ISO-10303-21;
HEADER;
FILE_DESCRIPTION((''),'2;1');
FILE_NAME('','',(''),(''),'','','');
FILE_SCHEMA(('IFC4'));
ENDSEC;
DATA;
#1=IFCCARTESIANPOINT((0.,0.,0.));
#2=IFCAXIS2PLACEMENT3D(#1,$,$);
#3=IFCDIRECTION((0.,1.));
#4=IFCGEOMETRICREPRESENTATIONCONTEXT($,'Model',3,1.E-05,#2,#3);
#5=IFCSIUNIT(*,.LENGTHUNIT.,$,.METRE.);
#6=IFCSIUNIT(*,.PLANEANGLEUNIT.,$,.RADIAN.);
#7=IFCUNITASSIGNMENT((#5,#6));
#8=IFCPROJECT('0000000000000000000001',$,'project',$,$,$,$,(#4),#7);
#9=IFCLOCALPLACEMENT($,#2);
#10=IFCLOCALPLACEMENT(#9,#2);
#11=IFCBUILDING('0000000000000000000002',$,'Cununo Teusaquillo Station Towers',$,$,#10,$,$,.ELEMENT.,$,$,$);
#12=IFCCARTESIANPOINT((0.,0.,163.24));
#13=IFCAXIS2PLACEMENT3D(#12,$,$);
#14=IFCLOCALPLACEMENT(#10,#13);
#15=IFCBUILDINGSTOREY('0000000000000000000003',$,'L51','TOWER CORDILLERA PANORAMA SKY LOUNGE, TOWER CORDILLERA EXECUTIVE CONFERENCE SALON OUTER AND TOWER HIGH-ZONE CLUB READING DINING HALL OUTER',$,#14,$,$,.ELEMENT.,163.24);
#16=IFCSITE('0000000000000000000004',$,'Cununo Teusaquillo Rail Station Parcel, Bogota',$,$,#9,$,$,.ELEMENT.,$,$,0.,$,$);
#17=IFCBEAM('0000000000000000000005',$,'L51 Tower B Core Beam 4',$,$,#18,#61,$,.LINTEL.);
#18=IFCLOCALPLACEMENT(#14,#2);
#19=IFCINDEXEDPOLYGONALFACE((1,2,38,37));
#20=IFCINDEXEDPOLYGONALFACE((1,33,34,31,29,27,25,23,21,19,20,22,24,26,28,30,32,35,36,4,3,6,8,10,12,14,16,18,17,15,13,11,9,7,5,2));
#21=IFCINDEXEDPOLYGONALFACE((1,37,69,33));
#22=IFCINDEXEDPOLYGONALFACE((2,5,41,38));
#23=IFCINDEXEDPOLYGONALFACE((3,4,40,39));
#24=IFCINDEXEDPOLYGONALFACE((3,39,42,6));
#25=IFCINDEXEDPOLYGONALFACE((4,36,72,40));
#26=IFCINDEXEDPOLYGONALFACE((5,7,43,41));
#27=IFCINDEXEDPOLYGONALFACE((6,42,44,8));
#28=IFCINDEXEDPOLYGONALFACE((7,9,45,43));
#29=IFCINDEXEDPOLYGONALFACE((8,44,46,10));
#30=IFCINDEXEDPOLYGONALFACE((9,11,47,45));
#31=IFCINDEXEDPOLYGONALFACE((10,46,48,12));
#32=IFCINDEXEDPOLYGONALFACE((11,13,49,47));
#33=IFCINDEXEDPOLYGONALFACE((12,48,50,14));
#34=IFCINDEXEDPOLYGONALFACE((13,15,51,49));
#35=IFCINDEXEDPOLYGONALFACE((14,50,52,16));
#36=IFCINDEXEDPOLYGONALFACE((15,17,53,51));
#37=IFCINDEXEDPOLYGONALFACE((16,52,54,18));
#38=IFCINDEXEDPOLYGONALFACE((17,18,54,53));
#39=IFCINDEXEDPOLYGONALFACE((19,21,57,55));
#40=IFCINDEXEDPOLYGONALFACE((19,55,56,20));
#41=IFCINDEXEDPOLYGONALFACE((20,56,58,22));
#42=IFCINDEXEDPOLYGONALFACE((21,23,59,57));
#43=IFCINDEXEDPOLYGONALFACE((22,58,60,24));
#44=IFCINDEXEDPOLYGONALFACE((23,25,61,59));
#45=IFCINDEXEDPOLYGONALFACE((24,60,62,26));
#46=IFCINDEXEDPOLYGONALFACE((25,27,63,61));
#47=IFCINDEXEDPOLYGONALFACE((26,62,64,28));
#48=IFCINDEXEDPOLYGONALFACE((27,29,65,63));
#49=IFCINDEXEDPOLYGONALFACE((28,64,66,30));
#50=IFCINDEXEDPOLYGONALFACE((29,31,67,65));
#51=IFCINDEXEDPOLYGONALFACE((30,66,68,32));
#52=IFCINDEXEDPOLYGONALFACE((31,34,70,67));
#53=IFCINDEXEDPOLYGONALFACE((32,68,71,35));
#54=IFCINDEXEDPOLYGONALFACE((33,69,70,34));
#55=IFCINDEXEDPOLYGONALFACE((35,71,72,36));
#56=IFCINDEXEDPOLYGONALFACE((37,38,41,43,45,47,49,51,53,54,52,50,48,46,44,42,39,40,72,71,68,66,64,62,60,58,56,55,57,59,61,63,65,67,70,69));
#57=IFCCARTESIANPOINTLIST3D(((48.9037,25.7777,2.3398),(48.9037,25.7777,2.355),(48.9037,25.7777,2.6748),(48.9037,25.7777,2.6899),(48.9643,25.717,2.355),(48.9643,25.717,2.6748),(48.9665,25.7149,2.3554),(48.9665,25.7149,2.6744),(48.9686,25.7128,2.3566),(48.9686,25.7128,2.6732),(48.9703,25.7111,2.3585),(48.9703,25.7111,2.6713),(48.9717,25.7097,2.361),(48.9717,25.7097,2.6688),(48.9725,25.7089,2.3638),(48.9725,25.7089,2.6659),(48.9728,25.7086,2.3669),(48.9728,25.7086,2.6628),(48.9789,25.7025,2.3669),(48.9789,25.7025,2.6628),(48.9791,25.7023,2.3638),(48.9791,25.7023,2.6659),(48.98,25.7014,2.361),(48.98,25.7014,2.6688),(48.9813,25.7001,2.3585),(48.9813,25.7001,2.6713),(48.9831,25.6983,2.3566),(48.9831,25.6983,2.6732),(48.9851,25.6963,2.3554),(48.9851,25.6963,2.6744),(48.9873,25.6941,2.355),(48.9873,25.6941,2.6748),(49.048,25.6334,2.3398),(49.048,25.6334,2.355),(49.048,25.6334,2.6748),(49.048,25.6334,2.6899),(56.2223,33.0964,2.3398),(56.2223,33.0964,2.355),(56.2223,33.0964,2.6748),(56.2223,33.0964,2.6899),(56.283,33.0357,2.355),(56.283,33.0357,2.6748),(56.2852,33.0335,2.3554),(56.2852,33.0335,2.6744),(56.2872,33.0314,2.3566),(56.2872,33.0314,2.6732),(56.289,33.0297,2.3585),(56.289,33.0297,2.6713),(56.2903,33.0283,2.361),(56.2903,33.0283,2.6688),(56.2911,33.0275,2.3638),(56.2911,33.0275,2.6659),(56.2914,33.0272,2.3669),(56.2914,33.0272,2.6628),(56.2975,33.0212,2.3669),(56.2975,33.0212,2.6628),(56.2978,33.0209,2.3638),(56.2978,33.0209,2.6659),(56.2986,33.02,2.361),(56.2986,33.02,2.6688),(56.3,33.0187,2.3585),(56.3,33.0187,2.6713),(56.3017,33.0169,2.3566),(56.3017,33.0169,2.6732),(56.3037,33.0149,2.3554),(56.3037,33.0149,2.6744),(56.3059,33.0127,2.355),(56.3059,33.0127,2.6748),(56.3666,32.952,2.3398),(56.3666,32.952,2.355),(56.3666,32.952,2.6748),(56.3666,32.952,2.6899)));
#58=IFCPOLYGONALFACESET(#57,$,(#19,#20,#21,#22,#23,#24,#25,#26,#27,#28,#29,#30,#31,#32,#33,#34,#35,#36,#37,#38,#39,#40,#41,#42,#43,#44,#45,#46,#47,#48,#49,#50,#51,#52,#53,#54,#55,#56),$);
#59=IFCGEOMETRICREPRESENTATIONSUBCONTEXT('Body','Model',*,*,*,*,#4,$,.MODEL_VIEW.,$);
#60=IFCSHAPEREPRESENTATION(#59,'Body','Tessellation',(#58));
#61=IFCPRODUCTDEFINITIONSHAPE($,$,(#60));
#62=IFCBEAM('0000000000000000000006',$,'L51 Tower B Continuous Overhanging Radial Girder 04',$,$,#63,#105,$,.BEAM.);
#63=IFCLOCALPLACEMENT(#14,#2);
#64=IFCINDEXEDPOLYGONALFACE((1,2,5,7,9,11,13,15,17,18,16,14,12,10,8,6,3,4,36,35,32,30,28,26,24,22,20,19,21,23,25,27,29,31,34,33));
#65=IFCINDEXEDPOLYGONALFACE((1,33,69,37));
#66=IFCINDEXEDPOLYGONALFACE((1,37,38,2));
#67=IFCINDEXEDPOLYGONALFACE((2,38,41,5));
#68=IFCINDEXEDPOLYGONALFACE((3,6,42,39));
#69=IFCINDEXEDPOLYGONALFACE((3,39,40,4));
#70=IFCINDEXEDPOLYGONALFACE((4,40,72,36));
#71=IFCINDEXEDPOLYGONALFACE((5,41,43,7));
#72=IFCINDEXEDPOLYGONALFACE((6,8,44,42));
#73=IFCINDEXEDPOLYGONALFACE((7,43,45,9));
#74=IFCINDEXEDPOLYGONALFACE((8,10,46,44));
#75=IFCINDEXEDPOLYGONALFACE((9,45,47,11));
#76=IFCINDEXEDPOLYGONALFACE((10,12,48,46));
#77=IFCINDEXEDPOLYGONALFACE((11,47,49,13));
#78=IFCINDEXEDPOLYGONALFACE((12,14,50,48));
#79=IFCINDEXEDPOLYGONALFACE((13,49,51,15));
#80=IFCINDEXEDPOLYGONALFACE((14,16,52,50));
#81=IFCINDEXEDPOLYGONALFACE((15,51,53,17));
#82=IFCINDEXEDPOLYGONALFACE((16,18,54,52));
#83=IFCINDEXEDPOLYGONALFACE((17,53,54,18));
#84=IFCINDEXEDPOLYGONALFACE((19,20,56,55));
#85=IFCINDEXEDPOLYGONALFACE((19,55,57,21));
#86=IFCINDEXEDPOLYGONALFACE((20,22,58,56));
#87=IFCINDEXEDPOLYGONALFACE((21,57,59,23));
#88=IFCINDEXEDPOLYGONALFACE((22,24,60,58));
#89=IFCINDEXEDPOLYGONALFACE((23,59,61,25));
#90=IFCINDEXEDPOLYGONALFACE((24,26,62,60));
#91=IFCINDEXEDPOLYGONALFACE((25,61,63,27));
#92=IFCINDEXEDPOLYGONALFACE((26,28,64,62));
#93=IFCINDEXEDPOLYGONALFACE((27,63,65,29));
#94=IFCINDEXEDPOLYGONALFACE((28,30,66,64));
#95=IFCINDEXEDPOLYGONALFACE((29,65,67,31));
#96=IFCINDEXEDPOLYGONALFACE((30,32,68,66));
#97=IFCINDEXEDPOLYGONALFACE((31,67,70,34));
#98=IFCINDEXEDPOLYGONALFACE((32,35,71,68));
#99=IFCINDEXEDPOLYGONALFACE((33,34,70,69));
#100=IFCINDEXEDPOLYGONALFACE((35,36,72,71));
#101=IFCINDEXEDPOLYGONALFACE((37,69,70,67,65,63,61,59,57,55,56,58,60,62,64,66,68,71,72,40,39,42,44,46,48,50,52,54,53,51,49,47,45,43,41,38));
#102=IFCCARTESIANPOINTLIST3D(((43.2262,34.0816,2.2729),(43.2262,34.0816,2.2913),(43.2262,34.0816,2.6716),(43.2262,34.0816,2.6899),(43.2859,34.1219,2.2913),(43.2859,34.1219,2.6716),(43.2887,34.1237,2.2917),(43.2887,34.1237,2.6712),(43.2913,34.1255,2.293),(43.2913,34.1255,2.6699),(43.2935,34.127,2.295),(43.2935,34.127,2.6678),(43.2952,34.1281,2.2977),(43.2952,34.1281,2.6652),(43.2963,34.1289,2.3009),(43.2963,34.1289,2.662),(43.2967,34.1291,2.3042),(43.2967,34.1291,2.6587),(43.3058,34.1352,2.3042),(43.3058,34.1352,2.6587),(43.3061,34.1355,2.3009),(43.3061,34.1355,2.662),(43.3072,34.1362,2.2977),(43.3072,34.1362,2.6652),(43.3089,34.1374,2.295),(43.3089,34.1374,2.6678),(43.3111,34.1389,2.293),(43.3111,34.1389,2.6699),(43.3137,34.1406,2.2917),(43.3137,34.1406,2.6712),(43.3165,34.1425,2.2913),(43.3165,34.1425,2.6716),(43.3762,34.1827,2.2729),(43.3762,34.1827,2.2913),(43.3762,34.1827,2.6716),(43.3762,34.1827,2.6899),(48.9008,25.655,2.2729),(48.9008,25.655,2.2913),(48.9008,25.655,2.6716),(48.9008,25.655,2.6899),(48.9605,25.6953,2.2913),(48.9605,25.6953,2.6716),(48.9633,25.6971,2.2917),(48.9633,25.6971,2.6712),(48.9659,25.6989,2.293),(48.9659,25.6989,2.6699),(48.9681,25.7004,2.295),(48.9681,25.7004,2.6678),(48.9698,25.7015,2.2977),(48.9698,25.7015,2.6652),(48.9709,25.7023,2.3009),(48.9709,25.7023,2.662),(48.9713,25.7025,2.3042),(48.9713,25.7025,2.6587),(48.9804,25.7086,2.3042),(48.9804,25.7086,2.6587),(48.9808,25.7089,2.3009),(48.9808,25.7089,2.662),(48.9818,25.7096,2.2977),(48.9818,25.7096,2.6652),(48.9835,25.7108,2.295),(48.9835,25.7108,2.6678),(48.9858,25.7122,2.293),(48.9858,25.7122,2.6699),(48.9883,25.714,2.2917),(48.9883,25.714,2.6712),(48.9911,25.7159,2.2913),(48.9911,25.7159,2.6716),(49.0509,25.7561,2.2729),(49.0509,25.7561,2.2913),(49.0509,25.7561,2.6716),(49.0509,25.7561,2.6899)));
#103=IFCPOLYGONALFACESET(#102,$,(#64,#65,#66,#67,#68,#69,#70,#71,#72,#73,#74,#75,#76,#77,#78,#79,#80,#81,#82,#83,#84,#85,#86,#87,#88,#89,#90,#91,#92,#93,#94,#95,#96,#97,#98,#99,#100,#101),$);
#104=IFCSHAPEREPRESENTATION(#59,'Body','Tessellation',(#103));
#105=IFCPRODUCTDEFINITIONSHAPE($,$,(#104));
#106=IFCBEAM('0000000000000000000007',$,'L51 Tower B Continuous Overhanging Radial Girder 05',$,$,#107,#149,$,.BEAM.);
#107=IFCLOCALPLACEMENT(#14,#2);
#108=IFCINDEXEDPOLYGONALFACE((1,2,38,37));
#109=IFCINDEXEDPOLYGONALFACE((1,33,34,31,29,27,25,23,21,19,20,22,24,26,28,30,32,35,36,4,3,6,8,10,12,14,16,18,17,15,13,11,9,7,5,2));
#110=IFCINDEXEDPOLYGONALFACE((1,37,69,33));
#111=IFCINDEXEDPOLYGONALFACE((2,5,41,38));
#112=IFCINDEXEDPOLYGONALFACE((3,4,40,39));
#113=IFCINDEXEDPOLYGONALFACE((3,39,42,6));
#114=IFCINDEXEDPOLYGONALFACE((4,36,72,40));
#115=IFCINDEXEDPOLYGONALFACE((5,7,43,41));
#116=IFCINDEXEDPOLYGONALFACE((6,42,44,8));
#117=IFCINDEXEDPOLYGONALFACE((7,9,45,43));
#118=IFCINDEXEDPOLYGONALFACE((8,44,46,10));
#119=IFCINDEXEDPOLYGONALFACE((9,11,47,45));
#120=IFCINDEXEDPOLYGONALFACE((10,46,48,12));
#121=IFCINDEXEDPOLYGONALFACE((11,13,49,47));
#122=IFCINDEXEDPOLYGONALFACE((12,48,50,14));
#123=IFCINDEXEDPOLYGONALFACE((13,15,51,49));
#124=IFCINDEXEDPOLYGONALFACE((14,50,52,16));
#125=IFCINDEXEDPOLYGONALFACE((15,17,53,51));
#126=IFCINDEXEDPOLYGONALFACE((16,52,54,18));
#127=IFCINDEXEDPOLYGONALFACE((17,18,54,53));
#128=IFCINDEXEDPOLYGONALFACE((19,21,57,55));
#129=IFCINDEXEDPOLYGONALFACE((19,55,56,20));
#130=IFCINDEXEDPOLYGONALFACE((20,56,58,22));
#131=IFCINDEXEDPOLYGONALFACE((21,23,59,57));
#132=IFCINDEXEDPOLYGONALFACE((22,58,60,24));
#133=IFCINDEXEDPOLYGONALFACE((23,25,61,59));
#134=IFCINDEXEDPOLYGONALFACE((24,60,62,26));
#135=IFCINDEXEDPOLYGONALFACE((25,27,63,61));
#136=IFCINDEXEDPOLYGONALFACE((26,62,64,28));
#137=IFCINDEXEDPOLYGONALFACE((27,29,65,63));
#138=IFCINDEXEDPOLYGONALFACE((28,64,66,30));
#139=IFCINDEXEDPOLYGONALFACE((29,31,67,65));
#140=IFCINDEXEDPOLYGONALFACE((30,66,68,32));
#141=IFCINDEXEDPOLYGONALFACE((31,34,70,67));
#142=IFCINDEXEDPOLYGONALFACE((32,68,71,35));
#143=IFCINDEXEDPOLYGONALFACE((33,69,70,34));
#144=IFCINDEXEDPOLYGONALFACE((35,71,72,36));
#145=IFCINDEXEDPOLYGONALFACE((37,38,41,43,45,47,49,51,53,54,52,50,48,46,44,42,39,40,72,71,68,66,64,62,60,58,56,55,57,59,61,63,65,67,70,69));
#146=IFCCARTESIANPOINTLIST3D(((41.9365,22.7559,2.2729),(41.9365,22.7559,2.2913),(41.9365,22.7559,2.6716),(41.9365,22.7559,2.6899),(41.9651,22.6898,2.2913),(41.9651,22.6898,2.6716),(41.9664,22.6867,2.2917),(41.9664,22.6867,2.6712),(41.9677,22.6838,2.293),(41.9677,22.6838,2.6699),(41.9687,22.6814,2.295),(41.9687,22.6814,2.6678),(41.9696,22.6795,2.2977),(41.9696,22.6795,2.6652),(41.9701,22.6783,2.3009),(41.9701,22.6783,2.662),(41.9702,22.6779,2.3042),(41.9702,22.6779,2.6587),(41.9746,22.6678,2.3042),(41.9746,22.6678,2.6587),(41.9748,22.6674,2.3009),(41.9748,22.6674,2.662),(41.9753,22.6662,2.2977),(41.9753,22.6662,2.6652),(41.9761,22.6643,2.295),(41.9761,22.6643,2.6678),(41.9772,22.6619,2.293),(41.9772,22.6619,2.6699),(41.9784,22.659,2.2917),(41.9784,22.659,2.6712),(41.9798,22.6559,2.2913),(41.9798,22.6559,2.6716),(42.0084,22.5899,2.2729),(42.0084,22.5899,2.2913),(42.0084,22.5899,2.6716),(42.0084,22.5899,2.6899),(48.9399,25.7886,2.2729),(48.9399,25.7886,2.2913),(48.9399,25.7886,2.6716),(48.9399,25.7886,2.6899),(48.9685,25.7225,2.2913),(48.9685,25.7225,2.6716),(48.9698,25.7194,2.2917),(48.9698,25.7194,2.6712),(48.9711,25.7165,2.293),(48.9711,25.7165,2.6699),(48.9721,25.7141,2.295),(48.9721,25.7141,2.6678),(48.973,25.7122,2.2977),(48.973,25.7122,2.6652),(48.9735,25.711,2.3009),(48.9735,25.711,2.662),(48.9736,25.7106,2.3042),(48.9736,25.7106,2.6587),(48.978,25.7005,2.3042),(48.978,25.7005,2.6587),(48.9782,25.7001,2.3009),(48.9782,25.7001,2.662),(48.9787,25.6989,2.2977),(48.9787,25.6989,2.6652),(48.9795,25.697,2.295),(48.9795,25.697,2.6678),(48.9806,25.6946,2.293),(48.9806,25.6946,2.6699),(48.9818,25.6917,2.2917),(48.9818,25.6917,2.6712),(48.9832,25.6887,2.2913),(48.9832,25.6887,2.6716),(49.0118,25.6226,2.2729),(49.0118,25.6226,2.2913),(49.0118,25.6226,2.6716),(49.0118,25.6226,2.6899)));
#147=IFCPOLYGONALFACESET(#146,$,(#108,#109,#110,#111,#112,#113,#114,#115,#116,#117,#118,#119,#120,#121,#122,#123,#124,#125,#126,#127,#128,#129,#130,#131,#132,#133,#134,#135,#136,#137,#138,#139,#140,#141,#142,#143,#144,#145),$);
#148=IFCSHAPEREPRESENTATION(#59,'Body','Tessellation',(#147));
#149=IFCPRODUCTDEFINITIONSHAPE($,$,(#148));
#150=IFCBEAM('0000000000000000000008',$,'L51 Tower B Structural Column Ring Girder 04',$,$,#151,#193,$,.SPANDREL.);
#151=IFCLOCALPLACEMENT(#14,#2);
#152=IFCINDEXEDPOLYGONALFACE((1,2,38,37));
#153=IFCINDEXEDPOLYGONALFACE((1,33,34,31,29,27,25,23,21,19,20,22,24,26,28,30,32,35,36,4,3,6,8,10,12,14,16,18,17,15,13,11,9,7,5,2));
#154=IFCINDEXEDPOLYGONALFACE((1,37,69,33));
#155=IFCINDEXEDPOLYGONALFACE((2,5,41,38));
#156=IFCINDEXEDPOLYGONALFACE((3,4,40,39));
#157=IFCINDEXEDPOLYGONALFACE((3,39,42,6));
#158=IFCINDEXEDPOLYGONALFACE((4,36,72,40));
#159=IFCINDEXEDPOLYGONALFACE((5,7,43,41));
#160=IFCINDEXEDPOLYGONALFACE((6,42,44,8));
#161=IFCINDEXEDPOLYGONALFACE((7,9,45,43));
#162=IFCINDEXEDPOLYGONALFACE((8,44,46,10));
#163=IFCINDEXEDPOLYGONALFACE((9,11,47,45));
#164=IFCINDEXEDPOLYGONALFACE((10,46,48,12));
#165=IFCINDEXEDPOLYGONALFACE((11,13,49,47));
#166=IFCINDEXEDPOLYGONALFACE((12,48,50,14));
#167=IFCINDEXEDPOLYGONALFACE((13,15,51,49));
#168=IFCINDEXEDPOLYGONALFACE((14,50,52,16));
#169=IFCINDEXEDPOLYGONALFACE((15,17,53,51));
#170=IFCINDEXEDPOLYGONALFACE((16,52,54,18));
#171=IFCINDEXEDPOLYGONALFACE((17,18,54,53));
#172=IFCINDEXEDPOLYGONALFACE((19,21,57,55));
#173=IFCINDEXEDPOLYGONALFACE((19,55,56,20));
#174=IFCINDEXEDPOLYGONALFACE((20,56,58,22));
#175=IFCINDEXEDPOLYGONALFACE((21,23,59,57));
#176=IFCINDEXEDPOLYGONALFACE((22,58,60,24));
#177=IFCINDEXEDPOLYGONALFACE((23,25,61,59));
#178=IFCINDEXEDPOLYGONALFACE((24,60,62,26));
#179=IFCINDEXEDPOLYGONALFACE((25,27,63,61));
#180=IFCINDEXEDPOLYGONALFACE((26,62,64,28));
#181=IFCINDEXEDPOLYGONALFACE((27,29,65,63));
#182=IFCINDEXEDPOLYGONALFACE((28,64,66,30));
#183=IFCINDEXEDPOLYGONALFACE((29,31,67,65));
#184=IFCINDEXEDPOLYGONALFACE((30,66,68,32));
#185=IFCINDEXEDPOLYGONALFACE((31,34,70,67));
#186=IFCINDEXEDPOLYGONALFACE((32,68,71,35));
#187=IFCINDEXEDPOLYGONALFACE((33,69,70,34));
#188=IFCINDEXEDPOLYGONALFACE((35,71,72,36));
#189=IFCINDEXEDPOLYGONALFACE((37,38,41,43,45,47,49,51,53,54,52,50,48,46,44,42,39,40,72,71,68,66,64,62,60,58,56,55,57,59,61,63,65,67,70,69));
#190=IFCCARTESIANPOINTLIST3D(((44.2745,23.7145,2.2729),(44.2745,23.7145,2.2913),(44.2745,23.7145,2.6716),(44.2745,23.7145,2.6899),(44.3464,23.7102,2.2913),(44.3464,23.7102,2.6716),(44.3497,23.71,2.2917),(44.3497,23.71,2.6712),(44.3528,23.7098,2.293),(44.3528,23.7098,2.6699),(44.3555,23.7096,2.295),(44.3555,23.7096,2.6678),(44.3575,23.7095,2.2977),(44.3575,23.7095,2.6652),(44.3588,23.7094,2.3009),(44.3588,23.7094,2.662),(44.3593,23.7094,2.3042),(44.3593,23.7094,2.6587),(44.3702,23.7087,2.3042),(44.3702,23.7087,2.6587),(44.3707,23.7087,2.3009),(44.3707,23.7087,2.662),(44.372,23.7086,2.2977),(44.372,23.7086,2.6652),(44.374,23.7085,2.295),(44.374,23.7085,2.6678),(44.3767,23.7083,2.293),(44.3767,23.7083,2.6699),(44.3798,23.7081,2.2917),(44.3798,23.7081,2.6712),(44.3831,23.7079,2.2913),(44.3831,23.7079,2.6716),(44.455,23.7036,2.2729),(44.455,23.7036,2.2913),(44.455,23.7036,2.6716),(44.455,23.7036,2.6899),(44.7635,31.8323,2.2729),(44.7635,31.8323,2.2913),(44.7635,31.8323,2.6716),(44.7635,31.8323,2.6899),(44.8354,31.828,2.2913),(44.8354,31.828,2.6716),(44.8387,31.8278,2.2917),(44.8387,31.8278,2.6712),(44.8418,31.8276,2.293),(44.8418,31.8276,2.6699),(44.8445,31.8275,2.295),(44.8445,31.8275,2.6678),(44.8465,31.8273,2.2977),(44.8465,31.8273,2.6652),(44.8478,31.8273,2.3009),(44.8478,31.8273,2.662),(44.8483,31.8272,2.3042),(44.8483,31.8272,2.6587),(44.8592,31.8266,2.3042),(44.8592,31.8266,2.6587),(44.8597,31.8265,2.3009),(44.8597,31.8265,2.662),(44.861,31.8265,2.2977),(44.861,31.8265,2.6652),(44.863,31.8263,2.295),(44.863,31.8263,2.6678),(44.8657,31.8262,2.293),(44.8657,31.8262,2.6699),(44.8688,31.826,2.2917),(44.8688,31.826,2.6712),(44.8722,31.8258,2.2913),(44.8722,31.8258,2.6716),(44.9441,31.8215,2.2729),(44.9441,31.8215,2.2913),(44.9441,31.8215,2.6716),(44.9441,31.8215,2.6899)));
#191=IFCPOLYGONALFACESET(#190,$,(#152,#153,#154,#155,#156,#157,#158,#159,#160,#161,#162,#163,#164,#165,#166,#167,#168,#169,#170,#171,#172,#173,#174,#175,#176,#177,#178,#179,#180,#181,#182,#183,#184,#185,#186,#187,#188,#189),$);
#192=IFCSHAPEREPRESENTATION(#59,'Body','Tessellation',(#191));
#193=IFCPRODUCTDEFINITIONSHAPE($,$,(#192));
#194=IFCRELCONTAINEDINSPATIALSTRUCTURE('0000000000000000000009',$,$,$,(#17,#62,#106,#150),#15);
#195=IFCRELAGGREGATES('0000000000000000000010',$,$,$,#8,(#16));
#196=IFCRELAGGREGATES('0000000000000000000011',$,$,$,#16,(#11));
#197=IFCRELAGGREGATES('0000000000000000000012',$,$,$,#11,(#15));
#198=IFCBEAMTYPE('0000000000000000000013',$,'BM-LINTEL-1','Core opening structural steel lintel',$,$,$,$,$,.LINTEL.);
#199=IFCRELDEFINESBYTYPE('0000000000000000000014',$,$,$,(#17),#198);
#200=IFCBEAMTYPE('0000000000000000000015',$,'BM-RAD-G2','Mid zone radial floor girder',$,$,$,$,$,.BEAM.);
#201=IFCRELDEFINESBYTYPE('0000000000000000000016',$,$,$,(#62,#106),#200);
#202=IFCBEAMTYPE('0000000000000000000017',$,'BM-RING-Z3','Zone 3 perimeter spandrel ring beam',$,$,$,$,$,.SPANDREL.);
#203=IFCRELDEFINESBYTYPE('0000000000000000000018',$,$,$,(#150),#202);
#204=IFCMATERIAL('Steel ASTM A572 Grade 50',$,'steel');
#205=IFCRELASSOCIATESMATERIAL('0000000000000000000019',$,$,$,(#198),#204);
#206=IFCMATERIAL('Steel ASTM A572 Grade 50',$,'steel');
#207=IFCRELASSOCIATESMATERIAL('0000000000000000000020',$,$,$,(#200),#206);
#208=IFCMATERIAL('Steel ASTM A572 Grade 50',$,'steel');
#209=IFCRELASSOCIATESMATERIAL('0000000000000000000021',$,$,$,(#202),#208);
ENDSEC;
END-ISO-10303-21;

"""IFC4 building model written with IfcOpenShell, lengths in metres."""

from ifc_helpers import new_model, si_unit, direction, frame, origin, origin_2d, place, context, subcontext, project, spatial, i_section, extrude, material, material_profile, profile_set, type_object, element, save


model = new_model("IFC4")

# Units and contexts
model_context = context("Model", 3, precision=1e-05, world=origin(), true_north=direction((0.0, 1.0)))
body_context = subcontext(model_context, "Body", "Model", "MODEL_VIEW")
ifc_project = project(units=[si_unit("LENGTHUNIT", "METRE"), si_unit("PLANEANGLEUNIT", "RADIAN")], contexts=[model_context])

# Site, building, storey
site_placement = place(None, origin())
site = spatial("IfcSite", under=ifc_project, at=site_placement, Name="Cununo Teusaquillo Rail Station Parcel, Bogota", CompositionType="ELEMENT", RefElevation=0.0)
building_placement = place(site_placement, origin())
building = spatial("IfcBuilding", under=site, at=building_placement, Name="Cununo Teusaquillo Station Towers", CompositionType="ELEMENT")
storey_placement = place(building_placement, frame((0.0, 0.0, 163.24)))
storey = spatial("IfcBuildingStorey", under=building, at=storey_placement, Name="L51", Description="TOWER CORDILLERA PANORAMA SKY LOUNGE, TOWER CORDILLERA EXECUTIVE CONFERENCE SALON OUTER AND TOWER HIGH-ZONE CLUB READING DINING HALL OUTER", CompositionType="ELEMENT", Elevation=163.24)

# Beams
ifc_material_1 = material(Name="Steel ASTM A572 Grade 50", Category="steel")
ifc_material_profile_1 = material_profile(ifc_material_1, i_section(OverallWidth=0.2041, OverallDepth=0.3501, WebThickness=0.0085, FlangeThickness=0.0151, FilletRadius=0.012, at=origin_2d()), Name="W14X48")
ifc_profile_set_1 = profile_set([ifc_material_profile_1], Name="Steel ASTM A572 Grade 50")
beam_type_1 = type_object("IfcBeamType", Name="BM-LINTEL-1", Description="Core opening structural steel lintel", PredefinedType="LINTEL", material=ifc_profile_set_1)
beam_1_placement = place(storey_placement, frame((48.9758, 25.7056, 2.5149), z_axis=(0.707107, 0.707107, 0.0), x_axis=(-0.707107, 0.707107, 0.0)))
element("IfcBeam", 1, at=beam_1_placement, inside=storey, type_object=beam_type_1, Name="L51 Tower B Core Beam 4", PredefinedType="LINTEL", context=body_context, shape_type="SweptSolid", body=[
    extrude(i_section(OverallWidth=0.2041, OverallDepth=0.3501, WebThickness=0.0085, FlangeThickness=0.0151, FilletRadius=0.012, at=origin_2d()), origin(), (0.0, 0.0, 1.0), 10.3501),
])
ifc_material_2 = material(Name="Steel ASTM A572 Grade 50", Category="steel")
ifc_material_profile_2 = material_profile(ifc_material_2, i_section(OverallWidth=0.1809, OverallDepth=0.417, WebThickness=0.011, FlangeThickness=0.0183, FilletRadius=0.0129, at=origin_2d()), Name="W16X57")
ifc_profile_set_2 = profile_set([ifc_material_profile_2], Name="Steel ASTM A572 Grade 50")
beam_type_2 = type_object("IfcBeamType", Name="BM-RAD-G2", Description="Mid zone radial floor girder", PredefinedType="BEAM", material=ifc_profile_set_2)
beam_2_placement = place(storey_placement, frame((48.9758, 25.7056, 2.4814), z_axis=(-0.558571, 0.829457, 0.0), x_axis=(-0.829457, -0.558571, 0.0)))
element("IfcBeam", 2, at=beam_2_placement, inside=storey, type_object=beam_type_2, Name="L51 Tower B Continuous Overhanging Radial Girder 04", PredefinedType="BEAM", context=body_context, shape_type="SweptSolid", body=[
    extrude(i_section(OverallWidth=0.1809, OverallDepth=0.417, WebThickness=0.011, FlangeThickness=0.0183, FilletRadius=0.0129, at=origin_2d()), origin(), (0.0, 0.0, 1.0), 10.1592),
])
beam_3_placement = place(storey_placement, frame((48.9758, 25.7056, 2.4814), z_axis=(-0.917656, -0.397376, 0.0), x_axis=(0.397376, -0.917656, 0.0)))
element("IfcBeam", 3, at=beam_3_placement, inside=storey, type_object=beam_type_2, Name="L51 Tower B Continuous Overhanging Radial Girder 05", PredefinedType="BEAM", context=body_context, shape_type="SweptSolid", body=[
    extrude(i_section(OverallWidth=0.1809, OverallDepth=0.417, WebThickness=0.011, FlangeThickness=0.0183, FilletRadius=0.0129, at=origin_2d()), origin(), (0.0, 0.0, 1.0), 7.6318),
])
ifc_material_3 = material(Name="Steel ASTM A572 Grade 50", Category="steel")
ifc_material_profile_3 = material_profile(ifc_material_3, i_section(OverallWidth=0.1809, OverallDepth=0.417, WebThickness=0.011, FlangeThickness=0.0183, FilletRadius=0.0129, at=origin_2d()), Name="W16X57")
ifc_profile_set_3 = profile_set([ifc_material_profile_3], Name="Steel ASTM A572 Grade 50")
beam_type_3 = type_object("IfcBeamType", Name="BM-RING-Z3", Description="Zone 3 perimeter spandrel ring beam", PredefinedType="SPANDREL", material=ifc_profile_set_3)
beam_4_placement = place(storey_placement, frame((44.8538, 31.8269, 2.4814), z_axis=(-0.06013, -0.998191, 0.0), x_axis=(0.998191, -0.06013, 0.0)))
element("IfcBeam", 4, at=beam_4_placement, inside=storey, type_object=beam_type_3, Name="L51 Tower B Structural Column Ring Girder 04", PredefinedType="SPANDREL", context=body_context, shape_type="SweptSolid", body=[
    extrude(i_section(OverallWidth=0.1809, OverallDepth=0.417, WebThickness=0.011, FlangeThickness=0.0183, FilletRadius=0.0129, at=origin_2d()), origin(), (0.0, 0.0, 1.0), 8.1326),
])

save(model, "model.ifc")
